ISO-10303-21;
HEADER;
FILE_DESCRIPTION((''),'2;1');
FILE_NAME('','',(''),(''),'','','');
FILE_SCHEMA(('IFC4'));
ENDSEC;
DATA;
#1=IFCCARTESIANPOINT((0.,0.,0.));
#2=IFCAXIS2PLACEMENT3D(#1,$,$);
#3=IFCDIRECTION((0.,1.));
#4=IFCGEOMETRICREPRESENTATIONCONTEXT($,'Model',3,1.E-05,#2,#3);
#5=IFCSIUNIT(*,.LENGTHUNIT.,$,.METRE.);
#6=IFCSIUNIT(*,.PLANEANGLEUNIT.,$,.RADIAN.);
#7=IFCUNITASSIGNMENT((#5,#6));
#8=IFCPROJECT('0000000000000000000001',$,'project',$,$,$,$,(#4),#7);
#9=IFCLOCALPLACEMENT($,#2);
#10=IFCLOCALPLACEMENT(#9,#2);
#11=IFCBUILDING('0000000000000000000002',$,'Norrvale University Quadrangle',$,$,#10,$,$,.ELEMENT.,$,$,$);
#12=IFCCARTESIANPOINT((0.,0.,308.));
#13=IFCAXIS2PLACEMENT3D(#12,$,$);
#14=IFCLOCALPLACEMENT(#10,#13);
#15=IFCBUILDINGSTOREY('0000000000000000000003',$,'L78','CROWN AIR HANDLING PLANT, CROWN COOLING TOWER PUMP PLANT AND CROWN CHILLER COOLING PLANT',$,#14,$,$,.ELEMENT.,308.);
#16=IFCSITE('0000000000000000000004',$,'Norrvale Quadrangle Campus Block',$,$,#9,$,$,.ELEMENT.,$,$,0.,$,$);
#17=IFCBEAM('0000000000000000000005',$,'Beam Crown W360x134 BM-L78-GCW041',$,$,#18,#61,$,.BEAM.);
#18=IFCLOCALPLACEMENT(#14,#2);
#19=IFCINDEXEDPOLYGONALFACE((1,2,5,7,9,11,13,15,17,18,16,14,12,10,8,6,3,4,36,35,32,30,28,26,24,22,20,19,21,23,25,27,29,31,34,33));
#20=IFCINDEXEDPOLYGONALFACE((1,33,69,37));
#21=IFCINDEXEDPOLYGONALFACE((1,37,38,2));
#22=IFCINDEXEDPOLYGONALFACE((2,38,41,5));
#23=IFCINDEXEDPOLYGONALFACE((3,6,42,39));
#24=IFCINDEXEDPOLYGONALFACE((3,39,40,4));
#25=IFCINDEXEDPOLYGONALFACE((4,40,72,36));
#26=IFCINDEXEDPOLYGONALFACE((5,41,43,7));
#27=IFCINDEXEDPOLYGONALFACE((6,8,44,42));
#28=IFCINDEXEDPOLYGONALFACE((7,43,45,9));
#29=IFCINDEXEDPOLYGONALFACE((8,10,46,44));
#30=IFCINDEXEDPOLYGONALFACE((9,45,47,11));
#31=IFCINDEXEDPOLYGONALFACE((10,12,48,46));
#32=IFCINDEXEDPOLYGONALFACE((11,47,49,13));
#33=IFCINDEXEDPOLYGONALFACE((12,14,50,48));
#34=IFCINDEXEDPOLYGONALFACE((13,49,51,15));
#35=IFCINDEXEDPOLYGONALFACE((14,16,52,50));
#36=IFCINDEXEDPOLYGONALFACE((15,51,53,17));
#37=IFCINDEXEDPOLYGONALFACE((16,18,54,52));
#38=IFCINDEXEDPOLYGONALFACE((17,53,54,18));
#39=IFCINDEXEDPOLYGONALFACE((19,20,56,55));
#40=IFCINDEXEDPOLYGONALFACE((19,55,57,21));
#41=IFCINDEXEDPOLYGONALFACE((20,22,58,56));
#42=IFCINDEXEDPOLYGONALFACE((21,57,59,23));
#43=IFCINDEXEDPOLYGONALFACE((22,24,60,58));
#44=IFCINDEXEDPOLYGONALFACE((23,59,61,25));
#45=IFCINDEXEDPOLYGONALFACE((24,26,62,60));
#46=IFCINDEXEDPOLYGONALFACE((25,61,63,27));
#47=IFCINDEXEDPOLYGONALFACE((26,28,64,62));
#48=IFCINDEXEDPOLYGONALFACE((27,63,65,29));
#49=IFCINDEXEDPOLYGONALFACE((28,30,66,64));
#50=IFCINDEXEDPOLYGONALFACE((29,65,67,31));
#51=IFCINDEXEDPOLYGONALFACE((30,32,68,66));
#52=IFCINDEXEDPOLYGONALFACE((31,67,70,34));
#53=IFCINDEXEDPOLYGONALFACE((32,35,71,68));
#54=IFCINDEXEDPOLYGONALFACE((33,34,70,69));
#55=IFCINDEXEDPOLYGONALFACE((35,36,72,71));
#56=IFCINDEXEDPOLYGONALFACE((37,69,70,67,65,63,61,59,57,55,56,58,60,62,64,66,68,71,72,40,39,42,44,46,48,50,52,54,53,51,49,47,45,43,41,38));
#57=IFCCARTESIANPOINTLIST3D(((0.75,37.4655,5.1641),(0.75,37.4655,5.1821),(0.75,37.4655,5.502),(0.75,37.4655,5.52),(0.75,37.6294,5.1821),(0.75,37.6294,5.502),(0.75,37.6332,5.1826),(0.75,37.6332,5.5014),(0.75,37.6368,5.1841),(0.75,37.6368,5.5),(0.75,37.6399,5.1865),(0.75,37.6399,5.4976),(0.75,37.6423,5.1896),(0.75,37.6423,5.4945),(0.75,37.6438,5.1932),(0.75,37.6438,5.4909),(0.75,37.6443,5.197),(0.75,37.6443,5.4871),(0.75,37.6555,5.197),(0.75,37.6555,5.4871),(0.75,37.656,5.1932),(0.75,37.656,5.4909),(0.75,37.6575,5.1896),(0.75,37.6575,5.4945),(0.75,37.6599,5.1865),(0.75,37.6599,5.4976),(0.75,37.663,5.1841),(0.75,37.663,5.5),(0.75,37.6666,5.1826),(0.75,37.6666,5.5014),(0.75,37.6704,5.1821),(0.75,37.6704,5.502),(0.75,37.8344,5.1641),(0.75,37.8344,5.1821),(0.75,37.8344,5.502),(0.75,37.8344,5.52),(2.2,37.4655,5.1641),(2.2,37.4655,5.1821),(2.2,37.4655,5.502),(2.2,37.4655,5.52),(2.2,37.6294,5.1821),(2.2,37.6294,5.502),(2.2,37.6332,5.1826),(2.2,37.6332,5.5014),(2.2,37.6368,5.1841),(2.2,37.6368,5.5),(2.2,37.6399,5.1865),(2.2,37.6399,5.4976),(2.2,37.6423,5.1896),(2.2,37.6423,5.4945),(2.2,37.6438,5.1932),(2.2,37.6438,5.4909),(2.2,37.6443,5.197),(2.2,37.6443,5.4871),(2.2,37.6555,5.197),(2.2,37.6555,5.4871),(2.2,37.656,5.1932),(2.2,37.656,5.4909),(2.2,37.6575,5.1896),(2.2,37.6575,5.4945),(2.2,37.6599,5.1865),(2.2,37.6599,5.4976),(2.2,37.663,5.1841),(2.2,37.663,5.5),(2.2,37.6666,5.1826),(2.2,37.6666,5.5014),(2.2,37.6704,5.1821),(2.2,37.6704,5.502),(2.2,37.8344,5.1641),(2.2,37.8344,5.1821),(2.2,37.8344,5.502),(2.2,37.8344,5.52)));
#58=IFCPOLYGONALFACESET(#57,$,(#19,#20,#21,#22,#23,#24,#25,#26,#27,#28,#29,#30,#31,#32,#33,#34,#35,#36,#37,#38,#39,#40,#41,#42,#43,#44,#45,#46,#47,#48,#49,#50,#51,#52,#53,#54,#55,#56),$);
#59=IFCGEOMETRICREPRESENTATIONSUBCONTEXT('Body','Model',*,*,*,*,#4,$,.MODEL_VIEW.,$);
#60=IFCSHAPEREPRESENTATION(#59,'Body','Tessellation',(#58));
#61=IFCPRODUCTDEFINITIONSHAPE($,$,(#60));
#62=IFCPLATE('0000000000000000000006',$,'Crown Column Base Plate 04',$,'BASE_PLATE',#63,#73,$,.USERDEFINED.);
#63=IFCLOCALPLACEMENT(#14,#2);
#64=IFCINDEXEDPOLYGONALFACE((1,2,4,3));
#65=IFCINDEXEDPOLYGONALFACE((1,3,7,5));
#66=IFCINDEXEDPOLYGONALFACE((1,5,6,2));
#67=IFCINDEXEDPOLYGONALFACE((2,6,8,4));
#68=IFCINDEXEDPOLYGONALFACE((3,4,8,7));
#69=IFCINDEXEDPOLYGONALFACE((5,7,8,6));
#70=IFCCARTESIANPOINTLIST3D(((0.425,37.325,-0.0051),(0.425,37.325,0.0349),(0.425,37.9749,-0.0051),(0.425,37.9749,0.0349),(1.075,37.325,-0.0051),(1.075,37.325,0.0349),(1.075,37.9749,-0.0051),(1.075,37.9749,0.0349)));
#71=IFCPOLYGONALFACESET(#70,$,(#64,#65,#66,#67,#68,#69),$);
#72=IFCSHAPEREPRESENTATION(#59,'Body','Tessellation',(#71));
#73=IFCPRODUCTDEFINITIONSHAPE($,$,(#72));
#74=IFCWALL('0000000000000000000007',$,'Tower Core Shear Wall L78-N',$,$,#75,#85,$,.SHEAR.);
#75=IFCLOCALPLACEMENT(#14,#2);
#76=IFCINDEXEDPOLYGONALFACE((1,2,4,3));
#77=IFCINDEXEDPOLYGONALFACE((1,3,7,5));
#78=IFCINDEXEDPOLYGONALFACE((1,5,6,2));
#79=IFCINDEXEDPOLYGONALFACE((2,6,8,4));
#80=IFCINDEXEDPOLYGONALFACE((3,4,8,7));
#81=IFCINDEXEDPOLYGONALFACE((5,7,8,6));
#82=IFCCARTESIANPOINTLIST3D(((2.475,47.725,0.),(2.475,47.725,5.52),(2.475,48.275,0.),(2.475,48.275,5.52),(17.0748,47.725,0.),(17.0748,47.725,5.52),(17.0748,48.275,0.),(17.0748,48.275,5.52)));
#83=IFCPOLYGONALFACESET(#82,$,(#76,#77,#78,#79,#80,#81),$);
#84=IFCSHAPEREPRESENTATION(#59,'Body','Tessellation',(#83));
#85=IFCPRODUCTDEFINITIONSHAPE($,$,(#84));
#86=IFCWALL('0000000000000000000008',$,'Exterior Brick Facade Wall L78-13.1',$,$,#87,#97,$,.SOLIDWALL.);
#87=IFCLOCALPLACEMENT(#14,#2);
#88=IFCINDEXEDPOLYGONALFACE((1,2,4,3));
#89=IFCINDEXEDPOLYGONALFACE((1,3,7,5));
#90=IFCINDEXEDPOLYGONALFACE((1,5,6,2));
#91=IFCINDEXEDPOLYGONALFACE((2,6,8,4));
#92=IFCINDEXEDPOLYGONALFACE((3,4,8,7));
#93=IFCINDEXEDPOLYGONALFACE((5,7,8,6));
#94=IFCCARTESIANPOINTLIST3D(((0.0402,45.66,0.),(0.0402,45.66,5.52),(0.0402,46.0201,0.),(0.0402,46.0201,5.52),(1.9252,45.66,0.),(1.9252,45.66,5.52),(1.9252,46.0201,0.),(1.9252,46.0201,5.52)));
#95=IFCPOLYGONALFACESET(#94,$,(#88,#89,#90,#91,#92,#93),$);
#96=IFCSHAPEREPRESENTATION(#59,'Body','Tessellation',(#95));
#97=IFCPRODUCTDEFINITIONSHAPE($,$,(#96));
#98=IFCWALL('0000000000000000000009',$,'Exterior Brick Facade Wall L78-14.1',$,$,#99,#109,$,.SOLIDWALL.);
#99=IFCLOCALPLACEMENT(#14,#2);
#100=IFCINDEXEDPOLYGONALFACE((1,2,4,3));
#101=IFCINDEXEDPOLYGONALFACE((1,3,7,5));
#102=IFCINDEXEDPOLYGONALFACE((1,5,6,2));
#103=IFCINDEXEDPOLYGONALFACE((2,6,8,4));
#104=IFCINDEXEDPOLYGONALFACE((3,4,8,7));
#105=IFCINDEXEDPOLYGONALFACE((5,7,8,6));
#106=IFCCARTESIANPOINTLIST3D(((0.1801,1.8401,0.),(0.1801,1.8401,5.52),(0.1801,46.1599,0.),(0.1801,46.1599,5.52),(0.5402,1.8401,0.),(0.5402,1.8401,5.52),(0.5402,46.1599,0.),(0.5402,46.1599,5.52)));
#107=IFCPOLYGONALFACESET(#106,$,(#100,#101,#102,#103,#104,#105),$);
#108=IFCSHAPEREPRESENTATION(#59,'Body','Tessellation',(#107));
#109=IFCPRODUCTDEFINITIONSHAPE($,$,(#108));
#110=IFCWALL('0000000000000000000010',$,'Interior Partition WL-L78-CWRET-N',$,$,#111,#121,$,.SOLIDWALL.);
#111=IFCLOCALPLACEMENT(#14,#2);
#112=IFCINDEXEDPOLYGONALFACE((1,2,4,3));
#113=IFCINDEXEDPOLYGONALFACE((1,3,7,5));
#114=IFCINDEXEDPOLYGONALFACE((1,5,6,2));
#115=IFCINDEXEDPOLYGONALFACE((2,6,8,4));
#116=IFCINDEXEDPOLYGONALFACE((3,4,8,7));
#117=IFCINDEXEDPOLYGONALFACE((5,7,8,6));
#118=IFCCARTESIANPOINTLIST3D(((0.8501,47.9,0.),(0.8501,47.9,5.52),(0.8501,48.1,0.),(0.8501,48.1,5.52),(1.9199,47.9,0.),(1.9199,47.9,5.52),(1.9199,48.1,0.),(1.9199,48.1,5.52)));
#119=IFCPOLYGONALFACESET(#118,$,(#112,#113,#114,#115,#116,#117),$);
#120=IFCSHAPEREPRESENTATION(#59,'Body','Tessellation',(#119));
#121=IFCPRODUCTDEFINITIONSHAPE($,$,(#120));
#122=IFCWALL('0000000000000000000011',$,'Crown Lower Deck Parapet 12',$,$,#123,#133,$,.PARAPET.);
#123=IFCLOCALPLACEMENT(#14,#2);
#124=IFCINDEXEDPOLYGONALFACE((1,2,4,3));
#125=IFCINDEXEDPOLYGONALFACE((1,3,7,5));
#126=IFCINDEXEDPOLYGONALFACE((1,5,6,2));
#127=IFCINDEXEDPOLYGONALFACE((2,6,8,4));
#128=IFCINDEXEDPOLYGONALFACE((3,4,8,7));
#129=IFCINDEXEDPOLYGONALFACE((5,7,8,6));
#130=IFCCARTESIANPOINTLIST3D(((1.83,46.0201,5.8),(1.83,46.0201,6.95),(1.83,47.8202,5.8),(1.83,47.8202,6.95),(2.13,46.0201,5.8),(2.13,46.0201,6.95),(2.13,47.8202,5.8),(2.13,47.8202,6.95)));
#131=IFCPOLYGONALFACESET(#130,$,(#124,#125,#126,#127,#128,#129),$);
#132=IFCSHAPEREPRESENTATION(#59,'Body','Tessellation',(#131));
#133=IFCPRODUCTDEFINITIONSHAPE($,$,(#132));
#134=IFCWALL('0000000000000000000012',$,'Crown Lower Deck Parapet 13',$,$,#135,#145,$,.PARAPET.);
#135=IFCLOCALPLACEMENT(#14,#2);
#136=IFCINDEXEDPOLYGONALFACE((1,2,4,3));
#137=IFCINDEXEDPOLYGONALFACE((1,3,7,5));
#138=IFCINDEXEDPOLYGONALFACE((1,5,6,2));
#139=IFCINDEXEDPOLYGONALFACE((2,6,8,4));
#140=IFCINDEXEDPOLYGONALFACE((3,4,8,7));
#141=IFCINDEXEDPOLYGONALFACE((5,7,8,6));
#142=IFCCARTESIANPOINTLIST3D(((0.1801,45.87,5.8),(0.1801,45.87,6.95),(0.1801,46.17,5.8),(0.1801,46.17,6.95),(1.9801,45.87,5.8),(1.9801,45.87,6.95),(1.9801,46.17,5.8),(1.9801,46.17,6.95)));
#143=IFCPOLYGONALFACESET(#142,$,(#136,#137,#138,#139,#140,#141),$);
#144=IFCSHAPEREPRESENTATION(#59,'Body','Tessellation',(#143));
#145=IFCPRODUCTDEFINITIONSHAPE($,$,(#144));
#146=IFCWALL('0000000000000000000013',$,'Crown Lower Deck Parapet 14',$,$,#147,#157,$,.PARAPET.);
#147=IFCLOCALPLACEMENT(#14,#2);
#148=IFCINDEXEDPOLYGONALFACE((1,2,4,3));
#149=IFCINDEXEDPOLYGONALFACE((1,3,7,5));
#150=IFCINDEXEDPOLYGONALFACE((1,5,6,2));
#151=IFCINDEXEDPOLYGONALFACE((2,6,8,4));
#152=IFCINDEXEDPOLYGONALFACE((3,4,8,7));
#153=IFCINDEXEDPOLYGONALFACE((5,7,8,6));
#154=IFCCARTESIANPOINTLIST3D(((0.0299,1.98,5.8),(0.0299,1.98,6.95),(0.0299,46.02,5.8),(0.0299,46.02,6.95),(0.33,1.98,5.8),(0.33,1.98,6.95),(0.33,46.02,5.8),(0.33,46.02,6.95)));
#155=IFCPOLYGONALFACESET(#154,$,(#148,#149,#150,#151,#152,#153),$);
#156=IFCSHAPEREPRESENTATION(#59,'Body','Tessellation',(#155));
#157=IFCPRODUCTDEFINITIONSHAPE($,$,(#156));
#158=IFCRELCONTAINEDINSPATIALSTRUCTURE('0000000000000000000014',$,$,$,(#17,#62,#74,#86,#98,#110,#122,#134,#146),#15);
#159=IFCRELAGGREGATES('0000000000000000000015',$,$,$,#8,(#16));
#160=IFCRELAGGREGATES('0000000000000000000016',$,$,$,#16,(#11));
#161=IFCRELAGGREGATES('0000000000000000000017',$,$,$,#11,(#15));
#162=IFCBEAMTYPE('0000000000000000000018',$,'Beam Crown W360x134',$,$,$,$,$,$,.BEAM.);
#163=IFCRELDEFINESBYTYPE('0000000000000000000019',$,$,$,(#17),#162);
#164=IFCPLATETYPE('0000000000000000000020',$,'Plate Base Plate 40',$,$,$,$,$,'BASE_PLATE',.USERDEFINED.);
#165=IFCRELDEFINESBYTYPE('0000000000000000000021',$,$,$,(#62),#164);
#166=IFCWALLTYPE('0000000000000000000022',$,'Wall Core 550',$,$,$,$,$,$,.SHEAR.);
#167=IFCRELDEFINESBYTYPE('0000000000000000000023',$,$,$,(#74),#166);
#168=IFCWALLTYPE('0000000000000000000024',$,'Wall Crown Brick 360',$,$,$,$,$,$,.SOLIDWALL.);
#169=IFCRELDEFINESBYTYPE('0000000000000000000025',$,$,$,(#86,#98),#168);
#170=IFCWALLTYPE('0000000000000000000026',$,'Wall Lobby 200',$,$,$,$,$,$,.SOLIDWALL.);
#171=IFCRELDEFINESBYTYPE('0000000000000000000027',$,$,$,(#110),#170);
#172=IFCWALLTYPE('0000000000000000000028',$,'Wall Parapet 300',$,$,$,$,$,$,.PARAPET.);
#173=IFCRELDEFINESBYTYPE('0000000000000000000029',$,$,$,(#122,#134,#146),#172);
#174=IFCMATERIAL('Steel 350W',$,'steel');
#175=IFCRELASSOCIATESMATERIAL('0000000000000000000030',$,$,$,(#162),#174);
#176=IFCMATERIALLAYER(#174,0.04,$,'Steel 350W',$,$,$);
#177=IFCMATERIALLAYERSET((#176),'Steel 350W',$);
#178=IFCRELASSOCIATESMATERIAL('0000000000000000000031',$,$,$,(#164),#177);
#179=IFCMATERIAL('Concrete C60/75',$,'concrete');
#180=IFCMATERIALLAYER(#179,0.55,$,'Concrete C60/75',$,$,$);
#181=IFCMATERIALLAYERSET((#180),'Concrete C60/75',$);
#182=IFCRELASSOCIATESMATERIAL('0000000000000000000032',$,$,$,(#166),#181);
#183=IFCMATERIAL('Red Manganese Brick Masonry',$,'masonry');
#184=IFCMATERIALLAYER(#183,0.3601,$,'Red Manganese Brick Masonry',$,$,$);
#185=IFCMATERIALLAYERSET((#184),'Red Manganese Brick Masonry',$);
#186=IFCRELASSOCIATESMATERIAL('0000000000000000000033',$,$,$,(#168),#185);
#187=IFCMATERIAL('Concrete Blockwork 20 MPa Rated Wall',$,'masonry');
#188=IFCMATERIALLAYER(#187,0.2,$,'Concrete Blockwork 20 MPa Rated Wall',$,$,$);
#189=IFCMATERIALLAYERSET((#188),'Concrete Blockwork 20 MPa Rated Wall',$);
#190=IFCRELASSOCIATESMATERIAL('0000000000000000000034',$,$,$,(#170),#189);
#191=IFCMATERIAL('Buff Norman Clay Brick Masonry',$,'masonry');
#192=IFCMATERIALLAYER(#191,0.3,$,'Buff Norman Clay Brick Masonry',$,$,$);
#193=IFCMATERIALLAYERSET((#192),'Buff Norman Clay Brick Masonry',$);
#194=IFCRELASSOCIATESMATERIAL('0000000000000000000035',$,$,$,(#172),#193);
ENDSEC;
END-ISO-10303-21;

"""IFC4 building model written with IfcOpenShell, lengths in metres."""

from ifc_helpers import new_model, si_unit, direction, frame, frame_2d, origin, origin_2d, place, context, subcontext, project, spatial, rectangle, i_section, extrude, material, layer, layer_set, material_profile, profile_set, type_object, element, save


model = new_model("IFC4")

# Units and contexts
model_context = context("Model", 3, precision=1e-05, world=origin(), true_north=direction((0.0, 1.0)))
body_context = subcontext(model_context, "Body", "Model", "MODEL_VIEW")
ifc_project = project(units=[si_unit("LENGTHUNIT", "METRE"), si_unit("PLANEANGLEUNIT", "RADIAN")], contexts=[model_context])

# Site, building, storey
site_placement = place(None, origin())
site = spatial("IfcSite", under=ifc_project, at=site_placement, Name="Norrvale Quadrangle Campus Block", CompositionType="ELEMENT", RefElevation=0.0)
building_placement = place(site_placement, origin())
building = spatial("IfcBuilding", under=site, at=building_placement, Name="Norrvale University Quadrangle", CompositionType="ELEMENT")
storey_placement = place(building_placement, frame((0.0, 0.0, 308.0)))
storey = spatial("IfcBuildingStorey", under=building, at=storey_placement, Name="L78", Description="CROWN AIR HANDLING PLANT, CROWN COOLING TOWER PUMP PLANT AND CROWN CHILLER COOLING PLANT", CompositionType="ELEMENT", Elevation=308.0)

# Beam
ifc_material_1 = material(Name="Steel 350W", Category="steel")
ifc_material_profile = material_profile(ifc_material_1, i_section(OverallWidth=0.3689, OverallDepth=0.356, WebThickness=0.0112, FlangeThickness=0.0181, FilletRadius=0.0149, at=origin_2d()), Name="Steel 350W")
ifc_profile_set = profile_set([ifc_material_profile], Name="Steel 350W")
beam_type = type_object("IfcBeamType", Name="Beam Crown W360x134", PredefinedType="BEAM", material=ifc_profile_set)
beam_placement = place(storey_placement, frame((0.75, 37.6499, 5.342), z_axis=(1.0, 0.0, 0.0), x_axis=(0.0, 1.0, 0.0)))
element("IfcBeam", 1, at=beam_placement, inside=storey, type_object=beam_type, Name="Beam Crown W360x134 BM-L78-GCW041", PredefinedType="BEAM", context=body_context, shape_type="SweptSolid", body=[
    extrude(i_section(OverallWidth=0.3689, OverallDepth=0.356, WebThickness=0.0112, FlangeThickness=0.0181, FilletRadius=0.0149, at=origin_2d()), origin(), (0.0, 0.0, 1.0), 1.45),
])

# Plate
ifc_layer_1 = layer(ifc_material_1, 0.04, Name="Steel 350W")
ifc_layer_set_1 = layer_set([ifc_layer_1], Name="Steel 350W")
plate_type = type_object("IfcPlateType", Name="Plate Base Plate 40", ElementType="BASE_PLATE", PredefinedType="USERDEFINED", material=ifc_layer_set_1)
plate_placement = place(storey_placement, frame((0.75, 37.6499, -0.0051), z_axis=(0.0, 0.0, 1.0), x_axis=(1.0, 0.0, 0.0)))
element("IfcPlate", 2, at=plate_placement, inside=storey, type_object=plate_type, Name="Crown Column Base Plate 04", ObjectType="BASE_PLATE", PredefinedType="USERDEFINED", context=body_context, shape_type="SweptSolid", body=[
    extrude(rectangle(XDim=0.6499, YDim=0.6499, at=origin_2d()), origin(), (0.0, 0.0, 1.0), 0.04),
])

# Walls
ifc_material_2 = material(Name="Concrete C60/75", Category="concrete")
ifc_layer_2 = layer(ifc_material_2, 0.55, Name="Concrete C60/75")
ifc_layer_set_2 = layer_set([ifc_layer_2], Name="Concrete C60/75")
wall_type_1 = type_object("IfcWallType", Name="Wall Core 550", PredefinedType="SHEAR", material=ifc_layer_set_2)
wall_1_placement = place(storey_placement, frame((2.4751, 48.0, 0.0), z_axis=(0.0, 0.0, 1.0), x_axis=(1.0, 0.0, 0.0)))
element("IfcWall", 3, at=wall_1_placement, inside=storey, type_object=wall_type_1, Name="Tower Core Shear Wall L78-N", PredefinedType="SHEAR", context=body_context, shape_type="SweptSolid", body=[
    extrude(rectangle(XDim=14.5999, YDim=0.55, at=frame_2d((7.2998, 0.0))), origin(), (0.0, 0.0, 1.0), 5.52),
])
ifc_material_3 = material(Name="Red Manganese Brick Masonry", Category="masonry")
ifc_layer_3 = layer(ifc_material_3, 0.3601, Name="Red Manganese Brick Masonry")
ifc_layer_set_3 = layer_set([ifc_layer_3], Name="Red Manganese Brick Masonry")
wall_type_2 = type_object("IfcWallType", Name="Wall Crown Brick 360", PredefinedType="SOLIDWALL", material=ifc_layer_set_3)
wall_2_placement = place(storey_placement, frame((1.925, 45.8401, 0.0), z_axis=(0.0, 0.0, 1.0), x_axis=(-1.0, 0.0, 0.0)))
element("IfcWall", 4, at=wall_2_placement, inside=storey, type_object=wall_type_2, Name="Exterior Brick Facade Wall L78-13.1", PredefinedType="SOLIDWALL", context=body_context, shape_type="SweptSolid", body=[
    extrude(rectangle(XDim=1.885, YDim=0.3601, at=frame_2d((0.9424, 0.0))), origin(), (0.0, 0.0, 1.0), 5.52),
])
wall_3_placement = place(storey_placement, frame((0.3601, 46.1599, 0.0), z_axis=(0.0, 0.0, 1.0), x_axis=(0.0, -1.0, 0.0)))
element("IfcWall", 5, at=wall_3_placement, inside=storey, type_object=wall_type_2, Name="Exterior Brick Facade Wall L78-14.1", PredefinedType="SOLIDWALL", context=body_context, shape_type="SweptSolid", body=[
    extrude(rectangle(XDim=44.3198, YDim=0.3601, at=frame_2d((22.1599, 0.0))), origin(), (0.0, 0.0, 1.0), 5.52),
])
ifc_material_4 = material(Name="Concrete Blockwork 20 MPa Rated Wall", Category="masonry")
ifc_layer_4 = layer(ifc_material_4, 0.2, Name="Concrete Blockwork 20 MPa Rated Wall")
ifc_layer_set_4 = layer_set([ifc_layer_4], Name="Concrete Blockwork 20 MPa Rated Wall")
wall_type_3 = type_object("IfcWallType", Name="Wall Lobby 200", PredefinedType="SOLIDWALL", material=ifc_layer_set_4)
wall_4_placement = place(storey_placement, frame((0.8501, 48.0, 0.0), z_axis=(0.0, 0.0, 1.0), x_axis=(1.0, 0.0, 0.0)))
element("IfcWall", 6, at=wall_4_placement, inside=storey, type_object=wall_type_3, Name="Interior Partition WL-L78-CWRET-N", PredefinedType="SOLIDWALL", context=body_context, shape_type="SweptSolid", body=[
    extrude(rectangle(XDim=1.0698, YDim=0.2, at=frame_2d((0.5349, 0.0))), origin(), (0.0, 0.0, 1.0), 5.52),
])
ifc_material_5 = material(Name="Buff Norman Clay Brick Masonry", Category="masonry")
ifc_layer_5 = layer(ifc_material_5, 0.3, Name="Buff Norman Clay Brick Masonry")
ifc_layer_set_5 = layer_set([ifc_layer_5], Name="Buff Norman Clay Brick Masonry")
wall_type_4 = type_object("IfcWallType", Name="Wall Parapet 300", PredefinedType="PARAPET", material=ifc_layer_set_5)
for number, where, z_axis, x_axis, name in (
    (7, (1.98, 47.8201, 5.8), (0.0, 0.0, 1.0), (0.0, -1.0, 0.0), "Crown Lower Deck Parapet 12"),
    (8, (1.98, 46.02, 5.8), (0.0, 0.0, 1.0), (-1.0, 0.0, 0.0), "Crown Lower Deck Parapet 13"),
):
    element("IfcWall", number, at=place(storey_placement, frame(where, z_axis=z_axis, x_axis=x_axis)), inside=storey, type_object=wall_type_4, Name=name, PredefinedType="PARAPET", context=body_context, shape_type="SweptSolid", body=[
        extrude(rectangle(XDim=1.8, YDim=0.3, at=frame_2d((0.8999, 0.0))), origin(), (0.0, 0.0, 1.0), 1.1499),
    ])
wall_5_placement = place(storey_placement, frame((0.1799, 46.02, 5.8), z_axis=(0.0, 0.0, 1.0), x_axis=(0.0, -1.0, 0.0)))
element("IfcWall", 9, at=wall_5_placement, inside=storey, type_object=wall_type_4, Name="Crown Lower Deck Parapet 14", PredefinedType="PARAPET", context=body_context, shape_type="SweptSolid", body=[
    extrude(rectangle(XDim=44.04, YDim=0.3, at=frame_2d((22.02, 0.0))), origin(), (0.0, 0.0, 1.0), 1.1499),
])

save(model, "model.ifc")
